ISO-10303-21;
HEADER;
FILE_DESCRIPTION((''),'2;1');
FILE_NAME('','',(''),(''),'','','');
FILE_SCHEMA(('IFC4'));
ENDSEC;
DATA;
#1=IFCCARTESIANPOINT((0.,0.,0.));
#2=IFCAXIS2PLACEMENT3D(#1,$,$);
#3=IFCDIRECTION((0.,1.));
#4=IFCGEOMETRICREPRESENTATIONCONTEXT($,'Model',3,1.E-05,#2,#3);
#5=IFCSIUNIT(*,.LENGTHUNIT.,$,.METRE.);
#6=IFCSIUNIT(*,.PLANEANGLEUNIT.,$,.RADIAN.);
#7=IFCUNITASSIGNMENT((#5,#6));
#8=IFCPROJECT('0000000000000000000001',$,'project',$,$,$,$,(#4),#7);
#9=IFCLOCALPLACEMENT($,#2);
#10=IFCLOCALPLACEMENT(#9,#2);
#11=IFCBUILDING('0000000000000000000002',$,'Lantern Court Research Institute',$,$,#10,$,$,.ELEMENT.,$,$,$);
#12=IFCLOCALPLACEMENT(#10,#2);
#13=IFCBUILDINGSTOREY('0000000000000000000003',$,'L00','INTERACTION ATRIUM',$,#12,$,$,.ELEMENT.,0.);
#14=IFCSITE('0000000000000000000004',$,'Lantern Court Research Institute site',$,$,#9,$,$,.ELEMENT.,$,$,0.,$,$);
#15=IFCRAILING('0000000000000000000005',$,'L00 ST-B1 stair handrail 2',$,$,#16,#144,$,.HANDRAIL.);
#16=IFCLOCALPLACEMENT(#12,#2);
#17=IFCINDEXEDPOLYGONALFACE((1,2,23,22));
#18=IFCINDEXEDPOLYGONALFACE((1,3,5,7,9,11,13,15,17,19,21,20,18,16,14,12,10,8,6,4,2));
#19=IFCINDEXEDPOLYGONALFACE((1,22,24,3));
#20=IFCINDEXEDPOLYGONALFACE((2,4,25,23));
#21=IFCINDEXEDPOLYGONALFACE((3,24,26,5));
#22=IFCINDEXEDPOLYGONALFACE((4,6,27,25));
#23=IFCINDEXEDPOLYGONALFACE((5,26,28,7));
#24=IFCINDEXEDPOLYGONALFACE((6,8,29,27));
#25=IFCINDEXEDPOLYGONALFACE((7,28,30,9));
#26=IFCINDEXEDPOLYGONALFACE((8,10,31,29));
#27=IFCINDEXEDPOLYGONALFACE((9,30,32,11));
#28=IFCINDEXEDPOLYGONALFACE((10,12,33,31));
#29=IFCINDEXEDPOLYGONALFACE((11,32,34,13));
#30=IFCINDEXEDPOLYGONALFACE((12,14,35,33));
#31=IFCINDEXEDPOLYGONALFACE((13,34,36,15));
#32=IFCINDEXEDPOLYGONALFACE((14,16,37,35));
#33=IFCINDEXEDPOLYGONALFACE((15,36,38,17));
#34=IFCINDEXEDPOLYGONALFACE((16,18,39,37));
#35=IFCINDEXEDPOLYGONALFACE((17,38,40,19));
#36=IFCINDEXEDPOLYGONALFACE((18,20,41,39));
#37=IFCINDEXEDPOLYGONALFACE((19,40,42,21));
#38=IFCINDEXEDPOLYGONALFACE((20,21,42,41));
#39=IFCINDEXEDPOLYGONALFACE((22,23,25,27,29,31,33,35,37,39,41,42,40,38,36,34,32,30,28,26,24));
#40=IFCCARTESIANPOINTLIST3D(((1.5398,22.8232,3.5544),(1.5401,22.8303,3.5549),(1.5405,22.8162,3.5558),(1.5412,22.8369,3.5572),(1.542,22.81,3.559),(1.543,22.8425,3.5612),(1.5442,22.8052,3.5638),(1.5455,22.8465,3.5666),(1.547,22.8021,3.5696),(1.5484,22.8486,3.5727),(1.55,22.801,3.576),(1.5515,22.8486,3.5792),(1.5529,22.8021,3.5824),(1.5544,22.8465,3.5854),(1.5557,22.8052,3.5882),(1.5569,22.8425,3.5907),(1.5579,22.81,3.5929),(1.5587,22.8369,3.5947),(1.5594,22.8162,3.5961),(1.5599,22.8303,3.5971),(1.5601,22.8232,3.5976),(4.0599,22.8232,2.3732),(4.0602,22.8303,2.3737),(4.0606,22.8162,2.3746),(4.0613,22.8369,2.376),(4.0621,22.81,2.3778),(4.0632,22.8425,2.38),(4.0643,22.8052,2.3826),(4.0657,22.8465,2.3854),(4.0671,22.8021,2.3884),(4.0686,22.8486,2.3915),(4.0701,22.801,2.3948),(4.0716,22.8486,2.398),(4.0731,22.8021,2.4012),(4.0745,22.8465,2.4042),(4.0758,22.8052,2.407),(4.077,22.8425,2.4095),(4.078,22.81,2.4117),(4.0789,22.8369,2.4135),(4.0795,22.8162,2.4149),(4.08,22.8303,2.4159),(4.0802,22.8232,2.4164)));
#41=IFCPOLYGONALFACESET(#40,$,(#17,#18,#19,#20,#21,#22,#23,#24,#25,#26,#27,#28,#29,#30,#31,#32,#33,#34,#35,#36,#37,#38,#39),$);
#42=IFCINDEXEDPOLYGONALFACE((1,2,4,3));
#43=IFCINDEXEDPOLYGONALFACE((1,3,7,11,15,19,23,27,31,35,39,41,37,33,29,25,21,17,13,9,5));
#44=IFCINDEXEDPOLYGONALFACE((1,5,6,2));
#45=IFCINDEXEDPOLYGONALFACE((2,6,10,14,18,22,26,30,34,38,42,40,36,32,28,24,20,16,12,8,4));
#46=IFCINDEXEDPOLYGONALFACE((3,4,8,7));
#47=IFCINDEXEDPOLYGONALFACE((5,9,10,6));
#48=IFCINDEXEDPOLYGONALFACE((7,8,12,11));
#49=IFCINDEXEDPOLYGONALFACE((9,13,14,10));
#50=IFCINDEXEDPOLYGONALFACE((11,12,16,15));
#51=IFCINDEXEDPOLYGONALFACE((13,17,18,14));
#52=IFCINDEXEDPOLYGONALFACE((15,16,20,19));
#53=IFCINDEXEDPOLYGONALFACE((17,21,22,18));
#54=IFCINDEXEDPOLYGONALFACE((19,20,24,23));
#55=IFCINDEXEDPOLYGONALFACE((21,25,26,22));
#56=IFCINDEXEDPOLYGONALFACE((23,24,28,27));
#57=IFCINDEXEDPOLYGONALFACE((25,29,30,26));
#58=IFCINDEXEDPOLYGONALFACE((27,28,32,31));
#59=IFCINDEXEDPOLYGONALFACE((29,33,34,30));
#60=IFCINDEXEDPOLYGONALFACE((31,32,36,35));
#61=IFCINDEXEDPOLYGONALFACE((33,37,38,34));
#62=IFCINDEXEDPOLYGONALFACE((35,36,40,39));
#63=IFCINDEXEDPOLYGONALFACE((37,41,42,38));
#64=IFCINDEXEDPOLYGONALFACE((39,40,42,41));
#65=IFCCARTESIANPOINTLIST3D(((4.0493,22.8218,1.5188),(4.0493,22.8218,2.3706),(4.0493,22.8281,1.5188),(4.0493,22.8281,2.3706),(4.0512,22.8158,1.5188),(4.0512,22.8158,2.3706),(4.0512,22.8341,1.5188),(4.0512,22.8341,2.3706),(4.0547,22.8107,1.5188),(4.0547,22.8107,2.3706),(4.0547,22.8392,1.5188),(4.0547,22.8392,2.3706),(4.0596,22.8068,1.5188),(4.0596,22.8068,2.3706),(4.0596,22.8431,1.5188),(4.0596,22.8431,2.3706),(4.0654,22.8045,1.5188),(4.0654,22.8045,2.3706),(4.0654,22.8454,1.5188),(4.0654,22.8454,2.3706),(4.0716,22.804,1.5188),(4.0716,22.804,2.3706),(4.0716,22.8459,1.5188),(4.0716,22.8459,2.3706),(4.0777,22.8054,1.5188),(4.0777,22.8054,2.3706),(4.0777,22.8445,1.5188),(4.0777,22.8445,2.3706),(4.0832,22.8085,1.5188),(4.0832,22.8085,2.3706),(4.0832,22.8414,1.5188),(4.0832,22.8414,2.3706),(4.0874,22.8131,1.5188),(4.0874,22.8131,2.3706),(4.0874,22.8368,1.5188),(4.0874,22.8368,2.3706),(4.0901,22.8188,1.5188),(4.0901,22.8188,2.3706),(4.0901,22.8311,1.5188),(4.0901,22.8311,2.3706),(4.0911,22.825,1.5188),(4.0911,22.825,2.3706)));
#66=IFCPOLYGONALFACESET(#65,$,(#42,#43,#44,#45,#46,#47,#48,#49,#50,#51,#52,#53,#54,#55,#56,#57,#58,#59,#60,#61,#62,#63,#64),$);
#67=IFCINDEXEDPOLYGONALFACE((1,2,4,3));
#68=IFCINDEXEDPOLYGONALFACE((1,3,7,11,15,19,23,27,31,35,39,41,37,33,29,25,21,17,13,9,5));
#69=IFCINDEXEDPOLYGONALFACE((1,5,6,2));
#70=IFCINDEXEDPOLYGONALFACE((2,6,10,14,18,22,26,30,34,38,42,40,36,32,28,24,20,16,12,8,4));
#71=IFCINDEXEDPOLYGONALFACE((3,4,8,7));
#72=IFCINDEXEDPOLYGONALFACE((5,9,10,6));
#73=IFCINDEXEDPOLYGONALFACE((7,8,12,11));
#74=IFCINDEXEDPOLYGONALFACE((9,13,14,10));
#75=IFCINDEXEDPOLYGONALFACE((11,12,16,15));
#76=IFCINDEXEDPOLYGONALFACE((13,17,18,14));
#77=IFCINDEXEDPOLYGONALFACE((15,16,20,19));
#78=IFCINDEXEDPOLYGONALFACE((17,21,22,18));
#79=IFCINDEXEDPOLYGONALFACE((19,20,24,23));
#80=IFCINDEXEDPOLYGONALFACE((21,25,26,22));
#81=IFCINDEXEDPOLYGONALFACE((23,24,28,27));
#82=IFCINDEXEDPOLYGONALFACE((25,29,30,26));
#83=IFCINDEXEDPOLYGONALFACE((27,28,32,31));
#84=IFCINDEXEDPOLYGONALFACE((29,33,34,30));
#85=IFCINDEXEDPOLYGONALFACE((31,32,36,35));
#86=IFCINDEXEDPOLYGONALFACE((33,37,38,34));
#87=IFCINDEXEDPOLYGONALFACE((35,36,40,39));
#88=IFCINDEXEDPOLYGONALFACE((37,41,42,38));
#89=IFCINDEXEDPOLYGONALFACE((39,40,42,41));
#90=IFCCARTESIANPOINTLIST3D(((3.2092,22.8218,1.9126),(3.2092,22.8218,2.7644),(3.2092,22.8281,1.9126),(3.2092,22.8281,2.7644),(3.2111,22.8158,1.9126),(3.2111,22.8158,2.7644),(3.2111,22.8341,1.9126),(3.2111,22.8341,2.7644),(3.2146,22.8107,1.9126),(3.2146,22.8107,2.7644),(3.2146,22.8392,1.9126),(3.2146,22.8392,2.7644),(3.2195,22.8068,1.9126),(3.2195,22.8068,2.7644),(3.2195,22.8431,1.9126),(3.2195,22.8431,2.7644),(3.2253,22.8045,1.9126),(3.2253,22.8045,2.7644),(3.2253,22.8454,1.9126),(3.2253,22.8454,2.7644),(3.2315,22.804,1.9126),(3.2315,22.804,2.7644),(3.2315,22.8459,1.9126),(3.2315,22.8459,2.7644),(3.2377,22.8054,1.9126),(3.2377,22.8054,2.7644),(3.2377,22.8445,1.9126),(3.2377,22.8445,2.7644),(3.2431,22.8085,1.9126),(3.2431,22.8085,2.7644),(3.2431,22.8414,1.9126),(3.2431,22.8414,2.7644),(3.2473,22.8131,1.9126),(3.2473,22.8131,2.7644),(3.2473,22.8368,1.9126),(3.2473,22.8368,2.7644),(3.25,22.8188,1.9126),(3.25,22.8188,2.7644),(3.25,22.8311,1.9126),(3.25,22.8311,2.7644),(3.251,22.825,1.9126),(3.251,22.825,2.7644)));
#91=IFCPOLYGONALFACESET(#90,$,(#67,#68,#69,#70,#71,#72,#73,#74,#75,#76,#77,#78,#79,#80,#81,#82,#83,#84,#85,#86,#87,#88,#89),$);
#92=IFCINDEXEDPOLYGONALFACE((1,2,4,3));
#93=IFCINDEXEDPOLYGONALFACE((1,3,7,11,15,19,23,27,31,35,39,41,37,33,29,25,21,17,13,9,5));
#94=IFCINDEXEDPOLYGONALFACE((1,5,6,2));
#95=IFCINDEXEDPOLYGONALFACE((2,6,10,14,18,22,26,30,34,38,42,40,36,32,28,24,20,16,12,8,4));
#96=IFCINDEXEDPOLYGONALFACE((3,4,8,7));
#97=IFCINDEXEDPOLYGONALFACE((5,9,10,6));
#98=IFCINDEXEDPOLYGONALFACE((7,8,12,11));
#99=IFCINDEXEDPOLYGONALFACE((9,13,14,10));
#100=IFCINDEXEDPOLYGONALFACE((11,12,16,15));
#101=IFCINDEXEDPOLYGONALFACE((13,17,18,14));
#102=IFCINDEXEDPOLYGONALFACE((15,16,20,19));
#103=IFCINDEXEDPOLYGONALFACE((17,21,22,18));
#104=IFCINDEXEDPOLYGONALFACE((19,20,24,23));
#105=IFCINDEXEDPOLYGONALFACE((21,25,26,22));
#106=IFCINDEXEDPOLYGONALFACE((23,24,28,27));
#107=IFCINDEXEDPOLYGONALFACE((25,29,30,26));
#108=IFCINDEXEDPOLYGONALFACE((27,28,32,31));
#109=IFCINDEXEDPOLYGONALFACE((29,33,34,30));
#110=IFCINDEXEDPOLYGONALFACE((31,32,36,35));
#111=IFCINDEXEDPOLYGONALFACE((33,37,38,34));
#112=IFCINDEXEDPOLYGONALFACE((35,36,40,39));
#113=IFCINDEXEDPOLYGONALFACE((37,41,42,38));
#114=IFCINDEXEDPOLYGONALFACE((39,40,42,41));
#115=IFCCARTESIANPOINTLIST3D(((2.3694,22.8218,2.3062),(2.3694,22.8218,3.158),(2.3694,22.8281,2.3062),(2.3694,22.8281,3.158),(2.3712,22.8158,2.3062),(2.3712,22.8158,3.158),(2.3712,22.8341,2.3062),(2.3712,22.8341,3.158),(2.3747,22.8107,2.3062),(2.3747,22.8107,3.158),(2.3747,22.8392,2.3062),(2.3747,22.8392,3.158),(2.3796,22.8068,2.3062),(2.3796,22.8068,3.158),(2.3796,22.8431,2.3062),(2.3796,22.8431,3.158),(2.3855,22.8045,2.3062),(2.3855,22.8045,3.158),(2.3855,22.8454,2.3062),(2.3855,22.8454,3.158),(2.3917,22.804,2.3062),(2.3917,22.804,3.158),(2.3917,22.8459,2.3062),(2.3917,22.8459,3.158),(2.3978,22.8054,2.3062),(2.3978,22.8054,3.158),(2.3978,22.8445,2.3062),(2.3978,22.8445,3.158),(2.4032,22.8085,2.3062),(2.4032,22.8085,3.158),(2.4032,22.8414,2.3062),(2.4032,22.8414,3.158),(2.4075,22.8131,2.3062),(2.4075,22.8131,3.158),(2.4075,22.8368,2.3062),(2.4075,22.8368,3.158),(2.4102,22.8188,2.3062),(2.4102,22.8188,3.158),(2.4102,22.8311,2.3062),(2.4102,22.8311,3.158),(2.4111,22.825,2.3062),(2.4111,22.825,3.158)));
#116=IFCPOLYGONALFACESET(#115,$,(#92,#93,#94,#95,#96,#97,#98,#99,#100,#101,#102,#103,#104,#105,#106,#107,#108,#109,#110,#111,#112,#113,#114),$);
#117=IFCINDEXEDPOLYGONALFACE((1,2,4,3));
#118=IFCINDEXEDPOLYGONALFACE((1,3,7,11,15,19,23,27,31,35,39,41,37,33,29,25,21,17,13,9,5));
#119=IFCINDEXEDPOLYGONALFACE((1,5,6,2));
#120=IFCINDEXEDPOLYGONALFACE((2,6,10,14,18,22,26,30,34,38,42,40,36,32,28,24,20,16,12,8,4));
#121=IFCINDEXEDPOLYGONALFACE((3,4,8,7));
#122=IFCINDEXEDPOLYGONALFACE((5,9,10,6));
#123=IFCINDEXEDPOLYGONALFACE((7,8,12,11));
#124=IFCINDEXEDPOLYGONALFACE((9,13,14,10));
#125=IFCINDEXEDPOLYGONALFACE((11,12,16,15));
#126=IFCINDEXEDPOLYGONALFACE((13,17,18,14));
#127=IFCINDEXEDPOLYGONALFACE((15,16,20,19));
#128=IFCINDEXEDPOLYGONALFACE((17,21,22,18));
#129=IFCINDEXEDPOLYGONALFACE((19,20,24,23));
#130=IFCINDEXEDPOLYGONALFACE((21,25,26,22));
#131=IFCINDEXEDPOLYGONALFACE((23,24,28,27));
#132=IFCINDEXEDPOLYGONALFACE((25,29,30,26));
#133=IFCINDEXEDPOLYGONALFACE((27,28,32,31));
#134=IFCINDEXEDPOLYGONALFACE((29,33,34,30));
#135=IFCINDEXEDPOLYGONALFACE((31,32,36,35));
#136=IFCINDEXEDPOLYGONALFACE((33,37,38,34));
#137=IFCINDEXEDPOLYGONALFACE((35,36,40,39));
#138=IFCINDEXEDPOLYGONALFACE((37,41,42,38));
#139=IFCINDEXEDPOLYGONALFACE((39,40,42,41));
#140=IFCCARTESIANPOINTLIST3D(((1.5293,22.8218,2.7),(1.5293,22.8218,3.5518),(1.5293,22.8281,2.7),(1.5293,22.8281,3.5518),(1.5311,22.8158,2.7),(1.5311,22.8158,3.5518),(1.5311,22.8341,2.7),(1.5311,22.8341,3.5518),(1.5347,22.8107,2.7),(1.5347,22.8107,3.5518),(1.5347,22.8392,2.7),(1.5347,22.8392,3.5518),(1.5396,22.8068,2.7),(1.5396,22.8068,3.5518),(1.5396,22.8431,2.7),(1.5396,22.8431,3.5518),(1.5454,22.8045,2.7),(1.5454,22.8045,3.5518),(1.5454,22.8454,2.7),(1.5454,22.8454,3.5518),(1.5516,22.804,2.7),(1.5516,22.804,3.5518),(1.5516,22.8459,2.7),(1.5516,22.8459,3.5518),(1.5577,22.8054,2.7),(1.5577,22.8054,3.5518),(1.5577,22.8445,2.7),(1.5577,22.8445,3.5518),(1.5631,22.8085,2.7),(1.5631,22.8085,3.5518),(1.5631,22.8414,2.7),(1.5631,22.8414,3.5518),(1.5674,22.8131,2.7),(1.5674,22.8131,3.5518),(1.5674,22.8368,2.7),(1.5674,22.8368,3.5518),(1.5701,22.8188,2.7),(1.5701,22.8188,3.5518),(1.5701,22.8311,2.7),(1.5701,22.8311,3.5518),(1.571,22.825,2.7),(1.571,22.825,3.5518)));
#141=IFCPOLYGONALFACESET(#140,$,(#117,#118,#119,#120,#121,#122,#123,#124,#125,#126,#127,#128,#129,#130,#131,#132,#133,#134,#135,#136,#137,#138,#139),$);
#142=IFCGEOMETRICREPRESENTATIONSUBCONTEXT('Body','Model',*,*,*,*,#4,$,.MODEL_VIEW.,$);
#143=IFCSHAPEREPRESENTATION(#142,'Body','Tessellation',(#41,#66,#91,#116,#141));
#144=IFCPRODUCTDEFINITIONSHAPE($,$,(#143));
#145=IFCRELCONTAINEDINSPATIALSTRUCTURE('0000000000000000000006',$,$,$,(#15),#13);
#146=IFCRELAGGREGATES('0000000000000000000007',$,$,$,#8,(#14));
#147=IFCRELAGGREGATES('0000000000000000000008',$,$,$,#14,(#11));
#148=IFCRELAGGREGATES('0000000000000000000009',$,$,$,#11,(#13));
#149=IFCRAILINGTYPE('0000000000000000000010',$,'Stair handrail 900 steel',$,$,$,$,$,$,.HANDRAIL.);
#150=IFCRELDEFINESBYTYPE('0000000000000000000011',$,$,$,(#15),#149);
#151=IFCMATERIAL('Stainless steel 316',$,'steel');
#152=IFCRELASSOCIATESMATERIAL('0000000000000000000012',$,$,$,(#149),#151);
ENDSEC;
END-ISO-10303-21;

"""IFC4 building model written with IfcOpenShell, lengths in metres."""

from ifc_helpers import new_model, si_unit, direction, frame, origin, origin_2d, place, context, subcontext, project, spatial, circle, extrude, material, type_object, element, save


model = new_model("IFC4")

# Units and contexts
model_context = context("Model", 3, precision=1e-05, world=origin(), true_north=direction((0.0, 1.0)))
body_context = subcontext(model_context, "Body", "Model", "MODEL_VIEW")
ifc_project = project(units=[si_unit("LENGTHUNIT", "METRE"), si_unit("PLANEANGLEUNIT", "RADIAN")], contexts=[model_context])

# Site, building, storey
site_placement = place(None, origin())
site = spatial("IfcSite", under=ifc_project, at=site_placement, Name="Lantern Court Research Institute site", CompositionType="ELEMENT", RefElevation=0.0)
building_placement = place(site_placement, origin())
building = spatial("IfcBuilding", under=site, at=building_placement, Name="Lantern Court Research Institute", CompositionType="ELEMENT")
storey_placement = place(building_placement, origin())
storey = spatial("IfcBuildingStorey", under=building, at=storey_placement, Name="L00", Description="INTERACTION ATRIUM", CompositionType="ELEMENT", Elevation=0.0)

# Railing
ifc_material_1 = material(Name="Stainless steel 316", Category="steel")
railing_type_1 = type_object("IfcRailingType", Name="Stair handrail 900 steel", PredefinedType="HANDRAIL", material=ifc_material_1)
for number, where, name in (
    (1, (4.0701, 22.825, 1.5188), "L00 ST-B1 stair handrail 2"),
):
    element("IfcRailing", number, at=place(storey_placement, frame(where)), inside=storey, type_object=railing_type_1, Name=name, PredefinedType="HANDRAIL", context=body_context, shape_type="SweptSolid", body=[
        extrude(circle(Radius=0.0239, at=origin_2d()), frame((0.0, 0.0, 0.876), z_axis=(-0.905474, 0.0, 0.424402), x_axis=(0.0, -1.0, 0.0)), (0.0, 0.0, 1.0), 2.7832),
        extrude(circle(Radius=0.021, at=origin_2d()), origin(), (0.0, 0.0, 1.0), 0.8518),
        extrude(circle(Radius=0.021, at=origin_2d()), frame((-0.8401, 0.0, 0.3938)), (0.0, 0.0, 1.0), 0.8518),
        extrude(circle(Radius=0.021, at=origin_2d()), frame((-1.6799, 0.0, 0.7874)), (0.0, 0.0, 1.0), 0.8518),
        extrude(circle(Radius=0.021, at=origin_2d()), frame((-2.52, 0.0, 1.1812)), (0.0, 0.0, 1.0), 0.8518),
    ])

save(model, "model.ifc")
